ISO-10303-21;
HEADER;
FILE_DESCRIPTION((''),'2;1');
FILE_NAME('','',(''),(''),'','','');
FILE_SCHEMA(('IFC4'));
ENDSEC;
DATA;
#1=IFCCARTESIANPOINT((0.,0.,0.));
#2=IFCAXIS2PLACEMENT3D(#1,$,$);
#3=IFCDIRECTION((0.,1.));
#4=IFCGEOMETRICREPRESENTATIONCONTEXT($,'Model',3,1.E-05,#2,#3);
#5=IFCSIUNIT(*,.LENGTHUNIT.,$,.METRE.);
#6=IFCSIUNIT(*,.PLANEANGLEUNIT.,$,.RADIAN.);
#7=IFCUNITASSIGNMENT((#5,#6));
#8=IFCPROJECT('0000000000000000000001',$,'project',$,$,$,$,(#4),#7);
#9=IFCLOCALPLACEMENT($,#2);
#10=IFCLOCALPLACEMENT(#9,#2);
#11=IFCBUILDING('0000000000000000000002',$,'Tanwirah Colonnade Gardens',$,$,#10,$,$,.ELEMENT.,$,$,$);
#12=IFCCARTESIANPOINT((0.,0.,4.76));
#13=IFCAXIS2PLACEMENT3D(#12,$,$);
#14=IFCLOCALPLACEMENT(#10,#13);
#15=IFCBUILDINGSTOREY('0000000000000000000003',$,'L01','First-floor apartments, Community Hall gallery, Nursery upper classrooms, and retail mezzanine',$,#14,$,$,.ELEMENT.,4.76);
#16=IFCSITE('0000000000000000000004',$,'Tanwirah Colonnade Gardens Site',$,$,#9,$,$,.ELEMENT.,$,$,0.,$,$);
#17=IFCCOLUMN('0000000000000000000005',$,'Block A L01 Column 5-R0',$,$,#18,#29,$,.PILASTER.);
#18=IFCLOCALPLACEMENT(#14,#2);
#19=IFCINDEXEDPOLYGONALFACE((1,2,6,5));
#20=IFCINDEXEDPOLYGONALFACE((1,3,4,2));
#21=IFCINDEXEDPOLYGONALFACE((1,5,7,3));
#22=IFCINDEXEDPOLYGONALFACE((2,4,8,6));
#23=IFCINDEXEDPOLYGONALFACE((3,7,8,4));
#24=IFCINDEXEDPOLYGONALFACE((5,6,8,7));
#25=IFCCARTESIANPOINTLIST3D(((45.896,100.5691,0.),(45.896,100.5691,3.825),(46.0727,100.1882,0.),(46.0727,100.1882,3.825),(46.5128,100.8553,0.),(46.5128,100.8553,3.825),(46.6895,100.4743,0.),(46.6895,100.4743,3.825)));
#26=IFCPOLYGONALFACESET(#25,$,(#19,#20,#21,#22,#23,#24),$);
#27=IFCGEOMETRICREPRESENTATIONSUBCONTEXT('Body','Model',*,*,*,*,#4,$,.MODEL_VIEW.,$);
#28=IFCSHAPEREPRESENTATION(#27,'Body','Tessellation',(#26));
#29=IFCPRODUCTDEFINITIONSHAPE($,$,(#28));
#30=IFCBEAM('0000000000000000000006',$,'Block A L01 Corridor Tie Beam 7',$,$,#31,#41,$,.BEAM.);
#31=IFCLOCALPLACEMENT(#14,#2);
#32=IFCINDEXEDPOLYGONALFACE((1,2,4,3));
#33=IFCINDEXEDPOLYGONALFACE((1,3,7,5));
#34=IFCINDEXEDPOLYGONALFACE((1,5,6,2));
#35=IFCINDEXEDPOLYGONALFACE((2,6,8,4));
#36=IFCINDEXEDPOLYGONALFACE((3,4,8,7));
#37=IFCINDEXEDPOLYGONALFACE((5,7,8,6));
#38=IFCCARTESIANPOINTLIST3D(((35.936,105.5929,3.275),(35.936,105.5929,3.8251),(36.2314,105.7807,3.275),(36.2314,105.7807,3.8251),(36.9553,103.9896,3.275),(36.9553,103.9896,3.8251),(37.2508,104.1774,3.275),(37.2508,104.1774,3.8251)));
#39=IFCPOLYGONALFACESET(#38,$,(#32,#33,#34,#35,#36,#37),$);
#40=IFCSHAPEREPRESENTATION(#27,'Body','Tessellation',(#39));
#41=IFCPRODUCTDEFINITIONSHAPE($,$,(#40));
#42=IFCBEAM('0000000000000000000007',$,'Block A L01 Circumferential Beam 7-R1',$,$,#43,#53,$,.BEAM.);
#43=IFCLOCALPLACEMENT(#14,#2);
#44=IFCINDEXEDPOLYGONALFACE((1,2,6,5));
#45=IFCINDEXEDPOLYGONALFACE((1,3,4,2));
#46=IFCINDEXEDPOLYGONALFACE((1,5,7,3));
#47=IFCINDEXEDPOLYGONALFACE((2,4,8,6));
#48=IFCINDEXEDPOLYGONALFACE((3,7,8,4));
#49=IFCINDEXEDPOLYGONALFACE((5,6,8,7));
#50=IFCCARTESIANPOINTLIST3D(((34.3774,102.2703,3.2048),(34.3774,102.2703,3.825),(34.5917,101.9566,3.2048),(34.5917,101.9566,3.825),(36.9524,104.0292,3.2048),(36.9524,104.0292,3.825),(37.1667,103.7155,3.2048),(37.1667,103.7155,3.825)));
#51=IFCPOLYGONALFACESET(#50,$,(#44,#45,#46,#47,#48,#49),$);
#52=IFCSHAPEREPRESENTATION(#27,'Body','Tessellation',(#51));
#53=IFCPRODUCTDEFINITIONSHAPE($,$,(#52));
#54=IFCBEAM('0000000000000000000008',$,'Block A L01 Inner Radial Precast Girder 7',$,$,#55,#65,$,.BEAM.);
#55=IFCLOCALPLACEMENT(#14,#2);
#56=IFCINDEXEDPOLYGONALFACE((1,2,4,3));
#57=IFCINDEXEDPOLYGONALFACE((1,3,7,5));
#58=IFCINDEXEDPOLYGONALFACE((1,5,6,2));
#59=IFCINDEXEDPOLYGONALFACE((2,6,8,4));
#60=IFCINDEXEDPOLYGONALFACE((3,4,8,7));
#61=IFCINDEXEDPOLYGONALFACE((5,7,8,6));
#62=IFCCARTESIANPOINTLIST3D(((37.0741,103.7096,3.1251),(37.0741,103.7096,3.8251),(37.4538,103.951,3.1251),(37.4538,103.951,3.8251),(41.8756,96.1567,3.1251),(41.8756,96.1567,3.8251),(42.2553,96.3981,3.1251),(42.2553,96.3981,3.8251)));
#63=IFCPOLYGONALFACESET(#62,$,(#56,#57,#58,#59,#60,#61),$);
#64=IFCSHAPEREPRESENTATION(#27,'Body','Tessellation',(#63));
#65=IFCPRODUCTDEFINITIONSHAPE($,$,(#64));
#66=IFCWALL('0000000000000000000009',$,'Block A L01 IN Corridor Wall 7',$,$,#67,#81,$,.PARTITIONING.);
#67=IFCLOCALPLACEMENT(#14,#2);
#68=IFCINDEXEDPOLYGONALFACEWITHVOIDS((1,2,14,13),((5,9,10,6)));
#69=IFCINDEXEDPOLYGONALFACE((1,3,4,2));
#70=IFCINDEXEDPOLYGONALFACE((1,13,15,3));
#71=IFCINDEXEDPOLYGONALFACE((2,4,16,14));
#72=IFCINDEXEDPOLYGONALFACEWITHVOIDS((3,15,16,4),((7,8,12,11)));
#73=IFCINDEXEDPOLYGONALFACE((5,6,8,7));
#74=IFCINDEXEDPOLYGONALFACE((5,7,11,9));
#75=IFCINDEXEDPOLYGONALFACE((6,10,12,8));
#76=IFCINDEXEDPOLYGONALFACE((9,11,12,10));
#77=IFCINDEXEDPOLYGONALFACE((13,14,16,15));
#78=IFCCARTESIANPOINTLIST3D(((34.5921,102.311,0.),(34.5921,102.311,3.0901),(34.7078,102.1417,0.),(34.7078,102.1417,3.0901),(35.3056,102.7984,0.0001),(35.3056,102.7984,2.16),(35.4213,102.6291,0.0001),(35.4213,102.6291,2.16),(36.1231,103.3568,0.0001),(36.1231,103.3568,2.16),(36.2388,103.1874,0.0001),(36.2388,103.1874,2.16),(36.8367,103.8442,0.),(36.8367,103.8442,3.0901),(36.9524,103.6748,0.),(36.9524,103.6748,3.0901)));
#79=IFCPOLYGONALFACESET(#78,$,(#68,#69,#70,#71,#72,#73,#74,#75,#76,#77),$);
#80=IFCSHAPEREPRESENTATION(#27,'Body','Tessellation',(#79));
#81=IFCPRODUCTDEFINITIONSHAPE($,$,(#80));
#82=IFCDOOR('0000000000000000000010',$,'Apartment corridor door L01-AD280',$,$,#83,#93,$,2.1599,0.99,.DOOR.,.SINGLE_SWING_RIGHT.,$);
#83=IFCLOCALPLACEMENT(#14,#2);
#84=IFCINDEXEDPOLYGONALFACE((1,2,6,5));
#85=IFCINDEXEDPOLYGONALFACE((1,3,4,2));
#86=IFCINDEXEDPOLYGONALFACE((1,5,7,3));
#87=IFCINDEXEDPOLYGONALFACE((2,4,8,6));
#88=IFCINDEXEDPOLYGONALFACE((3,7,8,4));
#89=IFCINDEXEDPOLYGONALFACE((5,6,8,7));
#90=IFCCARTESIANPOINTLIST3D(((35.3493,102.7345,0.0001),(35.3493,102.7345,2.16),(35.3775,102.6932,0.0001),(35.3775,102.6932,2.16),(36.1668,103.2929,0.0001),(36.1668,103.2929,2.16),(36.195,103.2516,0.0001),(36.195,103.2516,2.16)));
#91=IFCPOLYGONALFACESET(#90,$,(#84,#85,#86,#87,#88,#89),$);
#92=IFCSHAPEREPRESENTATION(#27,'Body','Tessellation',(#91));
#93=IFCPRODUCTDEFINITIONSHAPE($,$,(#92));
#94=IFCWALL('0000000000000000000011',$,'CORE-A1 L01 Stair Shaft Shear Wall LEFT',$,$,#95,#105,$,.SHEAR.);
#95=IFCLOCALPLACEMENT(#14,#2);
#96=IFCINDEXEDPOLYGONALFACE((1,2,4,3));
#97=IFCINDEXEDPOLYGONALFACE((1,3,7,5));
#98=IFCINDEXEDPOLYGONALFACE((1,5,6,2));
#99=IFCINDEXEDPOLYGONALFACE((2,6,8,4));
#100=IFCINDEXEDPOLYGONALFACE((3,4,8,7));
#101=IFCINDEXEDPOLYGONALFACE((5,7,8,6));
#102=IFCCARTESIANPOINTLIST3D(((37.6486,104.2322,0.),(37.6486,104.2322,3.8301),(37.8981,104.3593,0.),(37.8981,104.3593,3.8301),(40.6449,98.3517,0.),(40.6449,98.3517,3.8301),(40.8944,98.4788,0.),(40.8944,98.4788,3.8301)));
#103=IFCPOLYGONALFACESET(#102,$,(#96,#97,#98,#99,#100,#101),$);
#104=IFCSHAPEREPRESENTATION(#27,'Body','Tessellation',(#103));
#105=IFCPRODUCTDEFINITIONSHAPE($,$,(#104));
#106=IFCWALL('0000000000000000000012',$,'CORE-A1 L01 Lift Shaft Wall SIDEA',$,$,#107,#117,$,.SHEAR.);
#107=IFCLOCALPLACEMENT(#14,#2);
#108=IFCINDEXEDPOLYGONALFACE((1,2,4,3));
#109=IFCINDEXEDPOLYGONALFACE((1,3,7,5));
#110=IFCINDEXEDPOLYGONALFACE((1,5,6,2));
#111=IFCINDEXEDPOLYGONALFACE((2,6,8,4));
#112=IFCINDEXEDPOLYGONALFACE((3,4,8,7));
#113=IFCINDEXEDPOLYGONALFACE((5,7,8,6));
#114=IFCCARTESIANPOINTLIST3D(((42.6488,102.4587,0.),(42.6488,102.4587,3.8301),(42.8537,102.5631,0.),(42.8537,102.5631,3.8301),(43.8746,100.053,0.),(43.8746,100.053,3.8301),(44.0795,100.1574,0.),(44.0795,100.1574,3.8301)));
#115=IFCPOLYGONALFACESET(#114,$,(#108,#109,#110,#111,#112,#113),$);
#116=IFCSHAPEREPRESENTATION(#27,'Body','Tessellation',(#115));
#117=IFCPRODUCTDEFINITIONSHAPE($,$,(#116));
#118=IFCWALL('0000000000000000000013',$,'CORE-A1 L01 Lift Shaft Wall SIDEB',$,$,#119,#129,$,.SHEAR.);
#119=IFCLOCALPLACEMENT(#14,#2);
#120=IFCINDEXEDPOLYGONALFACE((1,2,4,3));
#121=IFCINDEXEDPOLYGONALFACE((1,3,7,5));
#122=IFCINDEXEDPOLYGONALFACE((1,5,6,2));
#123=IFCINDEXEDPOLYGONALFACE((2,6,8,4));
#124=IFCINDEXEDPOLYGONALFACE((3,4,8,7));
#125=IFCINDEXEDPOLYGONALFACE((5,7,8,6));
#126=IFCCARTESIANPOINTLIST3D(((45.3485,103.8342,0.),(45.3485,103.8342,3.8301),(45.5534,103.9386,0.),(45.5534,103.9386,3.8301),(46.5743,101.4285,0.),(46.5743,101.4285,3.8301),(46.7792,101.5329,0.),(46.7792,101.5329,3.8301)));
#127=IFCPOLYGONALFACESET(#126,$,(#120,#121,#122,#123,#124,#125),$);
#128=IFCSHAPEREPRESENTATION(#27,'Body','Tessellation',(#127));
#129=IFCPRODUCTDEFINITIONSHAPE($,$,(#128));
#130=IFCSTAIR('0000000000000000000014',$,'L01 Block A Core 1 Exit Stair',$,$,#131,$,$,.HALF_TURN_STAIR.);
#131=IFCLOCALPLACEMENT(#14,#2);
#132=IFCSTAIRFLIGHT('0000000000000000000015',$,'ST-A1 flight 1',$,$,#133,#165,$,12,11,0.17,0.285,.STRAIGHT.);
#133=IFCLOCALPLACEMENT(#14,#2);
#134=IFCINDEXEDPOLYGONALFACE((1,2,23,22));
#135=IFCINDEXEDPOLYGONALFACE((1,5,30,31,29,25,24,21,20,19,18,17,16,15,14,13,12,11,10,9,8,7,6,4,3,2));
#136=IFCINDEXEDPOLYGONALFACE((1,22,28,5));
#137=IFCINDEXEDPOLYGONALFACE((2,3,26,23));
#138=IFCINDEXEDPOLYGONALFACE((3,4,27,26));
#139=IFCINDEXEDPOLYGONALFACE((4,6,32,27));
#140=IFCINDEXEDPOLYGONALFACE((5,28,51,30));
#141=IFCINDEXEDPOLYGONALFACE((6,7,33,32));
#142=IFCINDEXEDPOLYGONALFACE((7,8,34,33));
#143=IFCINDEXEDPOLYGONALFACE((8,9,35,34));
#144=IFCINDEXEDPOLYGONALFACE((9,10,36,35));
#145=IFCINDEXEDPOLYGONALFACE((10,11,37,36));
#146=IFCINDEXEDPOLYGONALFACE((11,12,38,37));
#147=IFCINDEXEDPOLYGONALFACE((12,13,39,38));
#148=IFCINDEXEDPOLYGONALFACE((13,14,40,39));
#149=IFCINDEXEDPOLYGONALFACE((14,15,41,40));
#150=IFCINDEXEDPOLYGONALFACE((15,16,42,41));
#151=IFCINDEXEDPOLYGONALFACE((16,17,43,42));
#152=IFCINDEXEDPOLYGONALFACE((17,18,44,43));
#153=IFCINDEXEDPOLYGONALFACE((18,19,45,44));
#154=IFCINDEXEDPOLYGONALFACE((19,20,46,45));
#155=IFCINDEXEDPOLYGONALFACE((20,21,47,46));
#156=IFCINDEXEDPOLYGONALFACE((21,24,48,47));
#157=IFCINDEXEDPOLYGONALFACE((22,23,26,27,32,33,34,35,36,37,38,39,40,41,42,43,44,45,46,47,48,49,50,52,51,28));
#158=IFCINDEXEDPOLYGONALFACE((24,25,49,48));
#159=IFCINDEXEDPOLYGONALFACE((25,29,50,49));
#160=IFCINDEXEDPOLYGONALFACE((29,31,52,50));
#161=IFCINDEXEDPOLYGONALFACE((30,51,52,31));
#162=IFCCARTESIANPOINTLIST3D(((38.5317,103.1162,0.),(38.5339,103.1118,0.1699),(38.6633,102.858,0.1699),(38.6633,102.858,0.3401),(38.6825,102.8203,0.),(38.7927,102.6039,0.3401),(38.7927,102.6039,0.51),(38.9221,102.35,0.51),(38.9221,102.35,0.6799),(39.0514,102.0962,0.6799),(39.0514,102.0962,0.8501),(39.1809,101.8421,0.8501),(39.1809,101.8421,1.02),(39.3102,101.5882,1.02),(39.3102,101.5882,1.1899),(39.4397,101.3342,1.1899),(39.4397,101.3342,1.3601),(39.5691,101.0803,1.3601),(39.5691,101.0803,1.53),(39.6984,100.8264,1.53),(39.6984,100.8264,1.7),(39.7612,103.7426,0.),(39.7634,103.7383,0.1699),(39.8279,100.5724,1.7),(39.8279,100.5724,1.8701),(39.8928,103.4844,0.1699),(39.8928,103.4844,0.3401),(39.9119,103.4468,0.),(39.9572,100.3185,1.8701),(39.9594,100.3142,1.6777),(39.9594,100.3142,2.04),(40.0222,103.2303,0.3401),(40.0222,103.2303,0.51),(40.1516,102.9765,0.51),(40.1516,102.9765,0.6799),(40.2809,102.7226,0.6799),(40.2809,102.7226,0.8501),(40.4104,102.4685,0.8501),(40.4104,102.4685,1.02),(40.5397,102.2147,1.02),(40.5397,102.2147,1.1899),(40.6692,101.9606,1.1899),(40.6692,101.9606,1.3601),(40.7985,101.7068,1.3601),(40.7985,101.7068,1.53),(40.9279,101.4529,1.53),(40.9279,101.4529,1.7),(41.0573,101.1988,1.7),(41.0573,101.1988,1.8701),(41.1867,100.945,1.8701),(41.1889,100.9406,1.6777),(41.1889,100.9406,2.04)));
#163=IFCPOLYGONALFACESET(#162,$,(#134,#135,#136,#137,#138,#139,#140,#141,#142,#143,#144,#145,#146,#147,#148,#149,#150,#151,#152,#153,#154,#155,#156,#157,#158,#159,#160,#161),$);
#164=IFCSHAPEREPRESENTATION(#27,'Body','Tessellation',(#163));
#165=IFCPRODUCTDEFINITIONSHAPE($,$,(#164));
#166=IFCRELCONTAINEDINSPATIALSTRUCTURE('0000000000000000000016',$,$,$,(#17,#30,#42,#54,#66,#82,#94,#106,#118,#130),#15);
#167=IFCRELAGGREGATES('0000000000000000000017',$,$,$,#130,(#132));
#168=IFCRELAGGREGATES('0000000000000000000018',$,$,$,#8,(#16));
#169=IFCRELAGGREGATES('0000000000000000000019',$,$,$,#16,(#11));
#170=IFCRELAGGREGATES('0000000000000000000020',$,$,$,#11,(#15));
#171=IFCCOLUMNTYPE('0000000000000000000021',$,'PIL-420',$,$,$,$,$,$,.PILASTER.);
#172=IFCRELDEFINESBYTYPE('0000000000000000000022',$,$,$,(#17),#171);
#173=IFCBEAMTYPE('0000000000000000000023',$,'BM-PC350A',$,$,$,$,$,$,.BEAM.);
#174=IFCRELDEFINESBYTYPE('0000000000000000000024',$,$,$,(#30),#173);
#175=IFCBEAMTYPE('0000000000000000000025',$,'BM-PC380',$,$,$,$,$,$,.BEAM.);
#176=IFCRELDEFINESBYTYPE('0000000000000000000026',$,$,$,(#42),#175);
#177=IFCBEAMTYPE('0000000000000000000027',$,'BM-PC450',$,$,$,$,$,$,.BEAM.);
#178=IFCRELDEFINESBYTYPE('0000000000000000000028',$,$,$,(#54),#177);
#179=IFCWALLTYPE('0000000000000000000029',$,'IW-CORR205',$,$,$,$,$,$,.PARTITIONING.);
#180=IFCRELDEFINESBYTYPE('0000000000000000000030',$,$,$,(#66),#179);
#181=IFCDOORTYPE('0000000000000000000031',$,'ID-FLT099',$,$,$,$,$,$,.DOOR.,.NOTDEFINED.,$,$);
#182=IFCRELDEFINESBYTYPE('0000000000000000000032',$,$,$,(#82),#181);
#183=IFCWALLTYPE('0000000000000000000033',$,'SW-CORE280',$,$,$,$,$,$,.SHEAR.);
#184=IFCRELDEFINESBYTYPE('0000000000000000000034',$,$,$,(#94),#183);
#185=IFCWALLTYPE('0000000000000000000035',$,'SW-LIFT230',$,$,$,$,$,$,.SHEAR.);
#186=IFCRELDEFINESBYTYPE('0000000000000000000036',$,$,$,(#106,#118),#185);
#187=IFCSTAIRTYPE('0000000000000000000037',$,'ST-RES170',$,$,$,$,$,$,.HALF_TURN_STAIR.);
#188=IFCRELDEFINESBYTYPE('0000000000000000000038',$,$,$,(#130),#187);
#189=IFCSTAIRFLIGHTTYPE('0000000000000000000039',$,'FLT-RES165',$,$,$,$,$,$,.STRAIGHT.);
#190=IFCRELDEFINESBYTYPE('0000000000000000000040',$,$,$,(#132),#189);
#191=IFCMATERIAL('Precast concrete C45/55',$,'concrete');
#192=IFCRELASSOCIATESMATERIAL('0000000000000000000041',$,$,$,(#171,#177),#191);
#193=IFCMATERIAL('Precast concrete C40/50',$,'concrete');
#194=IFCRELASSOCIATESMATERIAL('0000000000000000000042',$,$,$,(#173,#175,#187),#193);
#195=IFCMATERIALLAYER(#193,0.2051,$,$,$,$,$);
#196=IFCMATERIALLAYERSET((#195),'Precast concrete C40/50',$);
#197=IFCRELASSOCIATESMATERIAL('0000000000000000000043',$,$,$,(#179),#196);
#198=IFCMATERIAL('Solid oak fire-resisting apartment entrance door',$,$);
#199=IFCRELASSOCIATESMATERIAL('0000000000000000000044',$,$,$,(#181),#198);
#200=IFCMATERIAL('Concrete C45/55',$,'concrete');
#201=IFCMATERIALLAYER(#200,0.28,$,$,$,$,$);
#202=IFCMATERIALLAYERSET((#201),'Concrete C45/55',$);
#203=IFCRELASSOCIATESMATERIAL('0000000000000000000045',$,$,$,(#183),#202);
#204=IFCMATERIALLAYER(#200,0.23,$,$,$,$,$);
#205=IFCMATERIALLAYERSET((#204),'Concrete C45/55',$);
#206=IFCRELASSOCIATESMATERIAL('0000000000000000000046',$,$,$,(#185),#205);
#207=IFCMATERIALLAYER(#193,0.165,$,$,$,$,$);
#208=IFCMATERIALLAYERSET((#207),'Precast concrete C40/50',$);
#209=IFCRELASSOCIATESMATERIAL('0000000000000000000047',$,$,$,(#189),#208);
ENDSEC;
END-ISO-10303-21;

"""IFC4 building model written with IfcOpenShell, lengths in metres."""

from ifc_helpers import new_model, si_unit, direction, frame, frame_2d, origin, origin_2d, place, context, subcontext, project, spatial, polyline, rectangle, outline, extrude, material, layer, layer_set, material_profile, profile_set, type_object, element, fill, aggregate, save


model = new_model("IFC4")

# Units and contexts
model_context = context("Model", 3, precision=1e-05, world=origin(), true_north=direction((0.0, 1.0)))
body_context = subcontext(model_context, "Body", "Model", "MODEL_VIEW")
ifc_project = project(units=[si_unit("LENGTHUNIT", "METRE"), si_unit("PLANEANGLEUNIT", "RADIAN")], contexts=[model_context])

# Site, building, storey
site_placement = place(None, origin())
site = spatial("IfcSite", under=ifc_project, at=site_placement, Name="Tanwirah Colonnade Gardens Site", CompositionType="ELEMENT", RefElevation=0.0)
building_placement = place(site_placement, origin())
building = spatial("IfcBuilding", under=site, at=building_placement, Name="Tanwirah Colonnade Gardens", CompositionType="ELEMENT")
storey_placement = place(building_placement, frame((0.0, 0.0, 4.76)))
storey = spatial("IfcBuildingStorey", under=building, at=storey_placement, Name="L01", Description="First-floor apartments, Community Hall gallery, Nursery upper classrooms, and retail mezzanine", CompositionType="ELEMENT", Elevation=4.76)

# Column
ifc_material_1 = material(Name="Precast concrete C45/55", Category="concrete")
ifc_material_profile_1 = material_profile(ifc_material_1, rectangle(XDim=0.4199, YDim=0.6799, at=origin_2d()), Name="PC-PIL 420x680")
ifc_profile_set_1 = profile_set([ifc_material_profile_1], Name="Precast concrete C45/55")
column_type = type_object("IfcColumnType", Name="PIL-420", PredefinedType="PILASTER", material=ifc_profile_set_1)
column_placement = place(storey_placement, frame((46.2927, 100.5217, 0.0), z_axis=(0.0, 0.0, 1.0), x_axis=(-0.42086, 0.907126, 0.0)))
element("IfcColumn", 1, at=column_placement, inside=storey, type_object=column_type, Name="Block A L01 Column 5-R0", PredefinedType="PILASTER", context=body_context, shape_type="SweptSolid", body=[
    extrude(rectangle(XDim=0.4199, YDim=0.6799, at=origin_2d()), origin(), (0.0, 0.0, 1.0), 3.825),
])

# Beams
ifc_material_2 = material(Name="Precast concrete C40/50", Category="concrete")
ifc_material_profile_2 = material_profile(ifc_material_2, rectangle(XDim=0.3501, YDim=0.55, at=origin_2d()), Name="PC-BM 350x550")
ifc_profile_set_2 = profile_set([ifc_material_profile_2], Name="Precast concrete C40/50")
beam_type_1 = type_object("IfcBeamType", Name="BM-PC350A", PredefinedType="BEAM", material=ifc_profile_set_2)
beam_1_placement = place(storey_placement, frame((37.103, 104.0835, 3.55), z_axis=(-0.53651, 0.843894, 0.0), x_axis=(-0.843894, -0.53651, 0.0)))
element("IfcBeam", 2, at=beam_1_placement, inside=storey, type_object=beam_type_1, Name="Block A L01 Corridor Tie Beam 7", PredefinedType="BEAM", context=body_context, shape_type="SweptSolid", body=[
    extrude(rectangle(XDim=0.3501, YDim=0.55, at=origin_2d()), origin(), (0.0, 0.0, 1.0), 1.8999),
])
ifc_material_profile_3 = material_profile(ifc_material_2, rectangle(XDim=0.3799, YDim=0.6201, at=origin_2d()), Name="PC-BM 380x620")
ifc_profile_set_3 = profile_set([ifc_material_profile_3], Name="Precast concrete C40/50")
beam_type_2 = type_object("IfcBeamType", Name="BM-PC380", PredefinedType="BEAM", material=ifc_profile_set_3)
beam_2_placement = place(storey_placement, frame((37.0596, 103.8723, 3.5149), z_axis=(-0.825758, -0.564024, 0.0), x_axis=(0.564024, -0.825758, 0.0)))
element("IfcBeam", 3, at=beam_2_placement, inside=storey, type_object=beam_type_2, Name="Block A L01 Circumferential Beam 7-R1", PredefinedType="BEAM", context=body_context, shape_type="SweptSolid", body=[
    extrude(rectangle(XDim=0.3799, YDim=0.6201, at=origin_2d()), origin(), (0.0, 0.0, 1.0), 3.1184),
])
ifc_material_profile_4 = material_profile(ifc_material_1, rectangle(XDim=0.45, YDim=0.7, at=origin_2d()), Name="PC-BM 450x700")
ifc_profile_set_4 = profile_set([ifc_material_profile_4], Name="Precast concrete C45/55")
beam_type_3 = type_object("IfcBeamType", Name="BM-PC450", PredefinedType="BEAM", material=ifc_profile_set_4)
beam_3_placement = place(storey_placement, frame((37.2639, 103.8303, 3.4751), z_axis=(0.536484, -0.843911, 0.0), x_axis=(0.843911, 0.536484, 0.0)))
element("IfcBeam", 4, at=beam_3_placement, inside=storey, type_object=beam_type_3, Name="Block A L01 Inner Radial Precast Girder 7", PredefinedType="BEAM", context=body_context, shape_type="SweptSolid", body=[
    extrude(rectangle(XDim=0.45, YDim=0.7, at=origin_2d()), origin(), (0.0, 0.0, 1.0), 8.95),
])

# Wall, opening, door
ifc_layer_1 = layer(ifc_material_2, 0.2051)
ifc_layer_set_1 = layer_set([ifc_layer_1], Name="Precast concrete C40/50")
wall_type_1 = type_object("IfcWallType", Name="IW-CORR205", PredefinedType="PARTITIONING", material=ifc_layer_set_1)
wall_1_placement = place(storey_placement, frame((36.8945, 103.7595, 0.0), z_axis=(0.0, 0.0, 1.0), x_axis=(-0.825752, -0.564033, 0.0)))
wall_1 = element("IfcWall", 5, at=wall_1_placement, inside=storey, type_object=wall_type_1, Name="Block A L01 IN Corridor Wall 7", PredefinedType="PARTITIONING", context=body_context, shape_type="SweptSolid", body=[
    extrude(rectangle(XDim=2.7183, YDim=0.2051, at=frame_2d((1.3591, 0.0))), origin(), (0.0, 0.0, 1.0), 3.0901),
])
opening_1_placement = place(wall_1_placement, frame((0.864, 0.0, 0.0)))
opening_1 = element("IfcOpeningElement", 6, at=opening_1_placement, cuts=wall_1, PredefinedType="OPENING", context=body_context, shape_type="SweptSolid", body=[
    extrude(rectangle(XDim=0.99, YDim=2.1599, at=frame_2d((0.4951, 1.0801))), frame((0.0, 0.1125, 0.0), z_axis=(0.0, -1.0, 0.0), x_axis=(1.0, 0.0, 0.0)), (0.0, 0.0, 1.0), 0.2251),
])
ifc_material_3 = material(Name="Solid oak fire-resisting apartment entrance door")
door_type_1 = type_object("IfcDoorType", Name="ID-FLT099", OperationType="NOTDEFINED", PredefinedType="DOOR", material=ifc_material_3)
door_1_placement = place(opening_1_placement, origin())
door_1 = element("IfcDoor", 7, at=door_1_placement, inside=storey, type_object=door_type_1, Name="Apartment corridor door L01-AD280", OperationType="SINGLE_SWING_RIGHT", OverallHeight=2.1599, OverallWidth=0.99, PredefinedType="DOOR", context=body_context, shape_type="SweptSolid", body=[
    extrude(rectangle(XDim=0.99, YDim=2.1599, at=frame_2d((0.4951, 1.0801))), frame((0.0, 0.0249, 0.0), z_axis=(0.0, -1.0, 0.0), x_axis=(1.0, 0.0, 0.0)), (0.0, 0.0, 1.0), 0.05),
])
fill(opening_1, door_1)

# Wall
ifc_material_4 = material(Name="Concrete C45/55", Category="concrete")
ifc_layer_2 = layer(ifc_material_4, 0.28)
ifc_layer_set_2 = layer_set([ifc_layer_2], Name="Concrete C45/55")
wall_type_2 = type_object("IfcWallType", Name="SW-CORE280", PredefinedType="SHEAR", material=ifc_layer_set_2)
wall_2_placement = place(storey_placement, frame((37.7734, 104.2957, 0.0), z_axis=(0.0, 0.0, 1.0), x_axis=(0.453992, -0.891006, 0.0)))
element("IfcWall", 8, at=wall_2_placement, inside=storey, type_object=wall_type_2, Name="CORE-A1 L01 Stair Shaft Shear Wall LEFT", PredefinedType="SHEAR", context=body_context, shape_type="SweptSolid", body=[
    extrude(rectangle(XDim=6.5999, YDim=0.28, at=frame_2d((3.2998, 0.0))), origin(), (0.0, 0.0, 1.0), 3.8301),
])

# Shared definitions
ifc_layer_3 = layer(ifc_material_4, 0.23)
ifc_layer_set_3 = layer_set([ifc_layer_3], Name="Concrete C45/55")
wall_type_3 = type_object("IfcWallType", Name="SW-LIFT230", PredefinedType="SHEAR", material=ifc_layer_set_3)

# Walls
for number, where, z_axis, x_axis, name in (
    (9, (42.7512, 102.511, 0.0), (0.0, 0.0, 1.0), (0.454, -0.891002, 0.0), "CORE-A1 L01 Lift Shaft Wall SIDEA"),
    (10, (45.4509, 103.8865, 0.0), (0.0, 0.0, 1.0), (0.454, -0.891002, 0.0), "CORE-A1 L01 Lift Shaft Wall SIDEB"),
):
    element("IfcWall", number, at=place(storey_placement, frame(where, z_axis=z_axis, x_axis=x_axis)), inside=storey, type_object=wall_type_3, Name=name, PredefinedType="SHEAR", context=body_context, shape_type="SweptSolid", body=[
        extrude(rectangle(XDim=2.7, YDim=0.23, at=frame_2d((1.3501, 0.0))), origin(), (0.0, 0.0, 1.0), 3.8301),
    ])

# Stair, stair flight
stair_type = type_object("IfcStairType", Name="ST-RES170", PredefinedType="HALF_TURN_STAIR", material=ifc_material_2)
stair_placement = place(storey_placement, origin())
stair = element("IfcStair", 11, at=stair_placement, inside=storey, type_object=stair_type, Name="L01 Block A Core 1 Exit Stair", PredefinedType="HALF_TURN_STAIR")
ifc_layer_4 = layer(ifc_material_2, 0.165)
ifc_layer_set_4 = layer_set([ifc_layer_4], Name="Precast concrete C40/50")
stair_flight_type = type_object("IfcStairFlightType", Name="FLT-RES165", PredefinedType="STRAIGHT", material=ifc_layer_set_4)
stair_flight_1_placement = place(storey_placement, frame((39.1487, 103.425, 0.0), z_axis=(0.0, 0.0, 1.0), x_axis=(0.45399, -0.891007, 0.0)))
stair_flight_1 = element("IfcStairFlight", 12, at=stair_flight_1_placement, type_object=stair_flight_type, Name="ST-A1 flight 1", NumberOfRisers=12, NumberOfTreads=11, PredefinedType="STRAIGHT", RiserHeight=0.17, TreadLength=0.285, context=body_context, shape_type="SweptSolid", body=[
    extrude(outline(polyline([(-0.0049, 0.0), (0.0, 0.1699), (0.2849, 0.1699), (0.2849, 0.3401), (0.5701, 0.3401), (0.5701, 0.51), (0.855, 0.51), (0.855, 0.6799), (1.1399, 0.6799), (1.1399, 0.8501), (1.425, 0.8501), (1.425, 1.02), (1.71, 1.02), (1.71, 1.1899), (1.9951, 1.1899), (1.9951, 1.3601), (2.28, 1.3601), (2.28, 1.53), (2.5649, 1.53), (2.5649, 1.7), (2.8501, 1.7), (2.8501, 1.8701), (3.135, 1.8701), (3.1399, 2.04), (3.1399, 1.6777), (0.3271, 0.0), (-0.0049, 0.0)])), frame((0.0, 0.6899, 0.0), z_axis=(0.0, -1.0, 0.0), x_axis=(1.0, 0.0, 0.0)), (0.0, 0.0, 1.0), 1.3799),
])
aggregate(stair, [stair_flight_1])

save(model, "model.ifc")
